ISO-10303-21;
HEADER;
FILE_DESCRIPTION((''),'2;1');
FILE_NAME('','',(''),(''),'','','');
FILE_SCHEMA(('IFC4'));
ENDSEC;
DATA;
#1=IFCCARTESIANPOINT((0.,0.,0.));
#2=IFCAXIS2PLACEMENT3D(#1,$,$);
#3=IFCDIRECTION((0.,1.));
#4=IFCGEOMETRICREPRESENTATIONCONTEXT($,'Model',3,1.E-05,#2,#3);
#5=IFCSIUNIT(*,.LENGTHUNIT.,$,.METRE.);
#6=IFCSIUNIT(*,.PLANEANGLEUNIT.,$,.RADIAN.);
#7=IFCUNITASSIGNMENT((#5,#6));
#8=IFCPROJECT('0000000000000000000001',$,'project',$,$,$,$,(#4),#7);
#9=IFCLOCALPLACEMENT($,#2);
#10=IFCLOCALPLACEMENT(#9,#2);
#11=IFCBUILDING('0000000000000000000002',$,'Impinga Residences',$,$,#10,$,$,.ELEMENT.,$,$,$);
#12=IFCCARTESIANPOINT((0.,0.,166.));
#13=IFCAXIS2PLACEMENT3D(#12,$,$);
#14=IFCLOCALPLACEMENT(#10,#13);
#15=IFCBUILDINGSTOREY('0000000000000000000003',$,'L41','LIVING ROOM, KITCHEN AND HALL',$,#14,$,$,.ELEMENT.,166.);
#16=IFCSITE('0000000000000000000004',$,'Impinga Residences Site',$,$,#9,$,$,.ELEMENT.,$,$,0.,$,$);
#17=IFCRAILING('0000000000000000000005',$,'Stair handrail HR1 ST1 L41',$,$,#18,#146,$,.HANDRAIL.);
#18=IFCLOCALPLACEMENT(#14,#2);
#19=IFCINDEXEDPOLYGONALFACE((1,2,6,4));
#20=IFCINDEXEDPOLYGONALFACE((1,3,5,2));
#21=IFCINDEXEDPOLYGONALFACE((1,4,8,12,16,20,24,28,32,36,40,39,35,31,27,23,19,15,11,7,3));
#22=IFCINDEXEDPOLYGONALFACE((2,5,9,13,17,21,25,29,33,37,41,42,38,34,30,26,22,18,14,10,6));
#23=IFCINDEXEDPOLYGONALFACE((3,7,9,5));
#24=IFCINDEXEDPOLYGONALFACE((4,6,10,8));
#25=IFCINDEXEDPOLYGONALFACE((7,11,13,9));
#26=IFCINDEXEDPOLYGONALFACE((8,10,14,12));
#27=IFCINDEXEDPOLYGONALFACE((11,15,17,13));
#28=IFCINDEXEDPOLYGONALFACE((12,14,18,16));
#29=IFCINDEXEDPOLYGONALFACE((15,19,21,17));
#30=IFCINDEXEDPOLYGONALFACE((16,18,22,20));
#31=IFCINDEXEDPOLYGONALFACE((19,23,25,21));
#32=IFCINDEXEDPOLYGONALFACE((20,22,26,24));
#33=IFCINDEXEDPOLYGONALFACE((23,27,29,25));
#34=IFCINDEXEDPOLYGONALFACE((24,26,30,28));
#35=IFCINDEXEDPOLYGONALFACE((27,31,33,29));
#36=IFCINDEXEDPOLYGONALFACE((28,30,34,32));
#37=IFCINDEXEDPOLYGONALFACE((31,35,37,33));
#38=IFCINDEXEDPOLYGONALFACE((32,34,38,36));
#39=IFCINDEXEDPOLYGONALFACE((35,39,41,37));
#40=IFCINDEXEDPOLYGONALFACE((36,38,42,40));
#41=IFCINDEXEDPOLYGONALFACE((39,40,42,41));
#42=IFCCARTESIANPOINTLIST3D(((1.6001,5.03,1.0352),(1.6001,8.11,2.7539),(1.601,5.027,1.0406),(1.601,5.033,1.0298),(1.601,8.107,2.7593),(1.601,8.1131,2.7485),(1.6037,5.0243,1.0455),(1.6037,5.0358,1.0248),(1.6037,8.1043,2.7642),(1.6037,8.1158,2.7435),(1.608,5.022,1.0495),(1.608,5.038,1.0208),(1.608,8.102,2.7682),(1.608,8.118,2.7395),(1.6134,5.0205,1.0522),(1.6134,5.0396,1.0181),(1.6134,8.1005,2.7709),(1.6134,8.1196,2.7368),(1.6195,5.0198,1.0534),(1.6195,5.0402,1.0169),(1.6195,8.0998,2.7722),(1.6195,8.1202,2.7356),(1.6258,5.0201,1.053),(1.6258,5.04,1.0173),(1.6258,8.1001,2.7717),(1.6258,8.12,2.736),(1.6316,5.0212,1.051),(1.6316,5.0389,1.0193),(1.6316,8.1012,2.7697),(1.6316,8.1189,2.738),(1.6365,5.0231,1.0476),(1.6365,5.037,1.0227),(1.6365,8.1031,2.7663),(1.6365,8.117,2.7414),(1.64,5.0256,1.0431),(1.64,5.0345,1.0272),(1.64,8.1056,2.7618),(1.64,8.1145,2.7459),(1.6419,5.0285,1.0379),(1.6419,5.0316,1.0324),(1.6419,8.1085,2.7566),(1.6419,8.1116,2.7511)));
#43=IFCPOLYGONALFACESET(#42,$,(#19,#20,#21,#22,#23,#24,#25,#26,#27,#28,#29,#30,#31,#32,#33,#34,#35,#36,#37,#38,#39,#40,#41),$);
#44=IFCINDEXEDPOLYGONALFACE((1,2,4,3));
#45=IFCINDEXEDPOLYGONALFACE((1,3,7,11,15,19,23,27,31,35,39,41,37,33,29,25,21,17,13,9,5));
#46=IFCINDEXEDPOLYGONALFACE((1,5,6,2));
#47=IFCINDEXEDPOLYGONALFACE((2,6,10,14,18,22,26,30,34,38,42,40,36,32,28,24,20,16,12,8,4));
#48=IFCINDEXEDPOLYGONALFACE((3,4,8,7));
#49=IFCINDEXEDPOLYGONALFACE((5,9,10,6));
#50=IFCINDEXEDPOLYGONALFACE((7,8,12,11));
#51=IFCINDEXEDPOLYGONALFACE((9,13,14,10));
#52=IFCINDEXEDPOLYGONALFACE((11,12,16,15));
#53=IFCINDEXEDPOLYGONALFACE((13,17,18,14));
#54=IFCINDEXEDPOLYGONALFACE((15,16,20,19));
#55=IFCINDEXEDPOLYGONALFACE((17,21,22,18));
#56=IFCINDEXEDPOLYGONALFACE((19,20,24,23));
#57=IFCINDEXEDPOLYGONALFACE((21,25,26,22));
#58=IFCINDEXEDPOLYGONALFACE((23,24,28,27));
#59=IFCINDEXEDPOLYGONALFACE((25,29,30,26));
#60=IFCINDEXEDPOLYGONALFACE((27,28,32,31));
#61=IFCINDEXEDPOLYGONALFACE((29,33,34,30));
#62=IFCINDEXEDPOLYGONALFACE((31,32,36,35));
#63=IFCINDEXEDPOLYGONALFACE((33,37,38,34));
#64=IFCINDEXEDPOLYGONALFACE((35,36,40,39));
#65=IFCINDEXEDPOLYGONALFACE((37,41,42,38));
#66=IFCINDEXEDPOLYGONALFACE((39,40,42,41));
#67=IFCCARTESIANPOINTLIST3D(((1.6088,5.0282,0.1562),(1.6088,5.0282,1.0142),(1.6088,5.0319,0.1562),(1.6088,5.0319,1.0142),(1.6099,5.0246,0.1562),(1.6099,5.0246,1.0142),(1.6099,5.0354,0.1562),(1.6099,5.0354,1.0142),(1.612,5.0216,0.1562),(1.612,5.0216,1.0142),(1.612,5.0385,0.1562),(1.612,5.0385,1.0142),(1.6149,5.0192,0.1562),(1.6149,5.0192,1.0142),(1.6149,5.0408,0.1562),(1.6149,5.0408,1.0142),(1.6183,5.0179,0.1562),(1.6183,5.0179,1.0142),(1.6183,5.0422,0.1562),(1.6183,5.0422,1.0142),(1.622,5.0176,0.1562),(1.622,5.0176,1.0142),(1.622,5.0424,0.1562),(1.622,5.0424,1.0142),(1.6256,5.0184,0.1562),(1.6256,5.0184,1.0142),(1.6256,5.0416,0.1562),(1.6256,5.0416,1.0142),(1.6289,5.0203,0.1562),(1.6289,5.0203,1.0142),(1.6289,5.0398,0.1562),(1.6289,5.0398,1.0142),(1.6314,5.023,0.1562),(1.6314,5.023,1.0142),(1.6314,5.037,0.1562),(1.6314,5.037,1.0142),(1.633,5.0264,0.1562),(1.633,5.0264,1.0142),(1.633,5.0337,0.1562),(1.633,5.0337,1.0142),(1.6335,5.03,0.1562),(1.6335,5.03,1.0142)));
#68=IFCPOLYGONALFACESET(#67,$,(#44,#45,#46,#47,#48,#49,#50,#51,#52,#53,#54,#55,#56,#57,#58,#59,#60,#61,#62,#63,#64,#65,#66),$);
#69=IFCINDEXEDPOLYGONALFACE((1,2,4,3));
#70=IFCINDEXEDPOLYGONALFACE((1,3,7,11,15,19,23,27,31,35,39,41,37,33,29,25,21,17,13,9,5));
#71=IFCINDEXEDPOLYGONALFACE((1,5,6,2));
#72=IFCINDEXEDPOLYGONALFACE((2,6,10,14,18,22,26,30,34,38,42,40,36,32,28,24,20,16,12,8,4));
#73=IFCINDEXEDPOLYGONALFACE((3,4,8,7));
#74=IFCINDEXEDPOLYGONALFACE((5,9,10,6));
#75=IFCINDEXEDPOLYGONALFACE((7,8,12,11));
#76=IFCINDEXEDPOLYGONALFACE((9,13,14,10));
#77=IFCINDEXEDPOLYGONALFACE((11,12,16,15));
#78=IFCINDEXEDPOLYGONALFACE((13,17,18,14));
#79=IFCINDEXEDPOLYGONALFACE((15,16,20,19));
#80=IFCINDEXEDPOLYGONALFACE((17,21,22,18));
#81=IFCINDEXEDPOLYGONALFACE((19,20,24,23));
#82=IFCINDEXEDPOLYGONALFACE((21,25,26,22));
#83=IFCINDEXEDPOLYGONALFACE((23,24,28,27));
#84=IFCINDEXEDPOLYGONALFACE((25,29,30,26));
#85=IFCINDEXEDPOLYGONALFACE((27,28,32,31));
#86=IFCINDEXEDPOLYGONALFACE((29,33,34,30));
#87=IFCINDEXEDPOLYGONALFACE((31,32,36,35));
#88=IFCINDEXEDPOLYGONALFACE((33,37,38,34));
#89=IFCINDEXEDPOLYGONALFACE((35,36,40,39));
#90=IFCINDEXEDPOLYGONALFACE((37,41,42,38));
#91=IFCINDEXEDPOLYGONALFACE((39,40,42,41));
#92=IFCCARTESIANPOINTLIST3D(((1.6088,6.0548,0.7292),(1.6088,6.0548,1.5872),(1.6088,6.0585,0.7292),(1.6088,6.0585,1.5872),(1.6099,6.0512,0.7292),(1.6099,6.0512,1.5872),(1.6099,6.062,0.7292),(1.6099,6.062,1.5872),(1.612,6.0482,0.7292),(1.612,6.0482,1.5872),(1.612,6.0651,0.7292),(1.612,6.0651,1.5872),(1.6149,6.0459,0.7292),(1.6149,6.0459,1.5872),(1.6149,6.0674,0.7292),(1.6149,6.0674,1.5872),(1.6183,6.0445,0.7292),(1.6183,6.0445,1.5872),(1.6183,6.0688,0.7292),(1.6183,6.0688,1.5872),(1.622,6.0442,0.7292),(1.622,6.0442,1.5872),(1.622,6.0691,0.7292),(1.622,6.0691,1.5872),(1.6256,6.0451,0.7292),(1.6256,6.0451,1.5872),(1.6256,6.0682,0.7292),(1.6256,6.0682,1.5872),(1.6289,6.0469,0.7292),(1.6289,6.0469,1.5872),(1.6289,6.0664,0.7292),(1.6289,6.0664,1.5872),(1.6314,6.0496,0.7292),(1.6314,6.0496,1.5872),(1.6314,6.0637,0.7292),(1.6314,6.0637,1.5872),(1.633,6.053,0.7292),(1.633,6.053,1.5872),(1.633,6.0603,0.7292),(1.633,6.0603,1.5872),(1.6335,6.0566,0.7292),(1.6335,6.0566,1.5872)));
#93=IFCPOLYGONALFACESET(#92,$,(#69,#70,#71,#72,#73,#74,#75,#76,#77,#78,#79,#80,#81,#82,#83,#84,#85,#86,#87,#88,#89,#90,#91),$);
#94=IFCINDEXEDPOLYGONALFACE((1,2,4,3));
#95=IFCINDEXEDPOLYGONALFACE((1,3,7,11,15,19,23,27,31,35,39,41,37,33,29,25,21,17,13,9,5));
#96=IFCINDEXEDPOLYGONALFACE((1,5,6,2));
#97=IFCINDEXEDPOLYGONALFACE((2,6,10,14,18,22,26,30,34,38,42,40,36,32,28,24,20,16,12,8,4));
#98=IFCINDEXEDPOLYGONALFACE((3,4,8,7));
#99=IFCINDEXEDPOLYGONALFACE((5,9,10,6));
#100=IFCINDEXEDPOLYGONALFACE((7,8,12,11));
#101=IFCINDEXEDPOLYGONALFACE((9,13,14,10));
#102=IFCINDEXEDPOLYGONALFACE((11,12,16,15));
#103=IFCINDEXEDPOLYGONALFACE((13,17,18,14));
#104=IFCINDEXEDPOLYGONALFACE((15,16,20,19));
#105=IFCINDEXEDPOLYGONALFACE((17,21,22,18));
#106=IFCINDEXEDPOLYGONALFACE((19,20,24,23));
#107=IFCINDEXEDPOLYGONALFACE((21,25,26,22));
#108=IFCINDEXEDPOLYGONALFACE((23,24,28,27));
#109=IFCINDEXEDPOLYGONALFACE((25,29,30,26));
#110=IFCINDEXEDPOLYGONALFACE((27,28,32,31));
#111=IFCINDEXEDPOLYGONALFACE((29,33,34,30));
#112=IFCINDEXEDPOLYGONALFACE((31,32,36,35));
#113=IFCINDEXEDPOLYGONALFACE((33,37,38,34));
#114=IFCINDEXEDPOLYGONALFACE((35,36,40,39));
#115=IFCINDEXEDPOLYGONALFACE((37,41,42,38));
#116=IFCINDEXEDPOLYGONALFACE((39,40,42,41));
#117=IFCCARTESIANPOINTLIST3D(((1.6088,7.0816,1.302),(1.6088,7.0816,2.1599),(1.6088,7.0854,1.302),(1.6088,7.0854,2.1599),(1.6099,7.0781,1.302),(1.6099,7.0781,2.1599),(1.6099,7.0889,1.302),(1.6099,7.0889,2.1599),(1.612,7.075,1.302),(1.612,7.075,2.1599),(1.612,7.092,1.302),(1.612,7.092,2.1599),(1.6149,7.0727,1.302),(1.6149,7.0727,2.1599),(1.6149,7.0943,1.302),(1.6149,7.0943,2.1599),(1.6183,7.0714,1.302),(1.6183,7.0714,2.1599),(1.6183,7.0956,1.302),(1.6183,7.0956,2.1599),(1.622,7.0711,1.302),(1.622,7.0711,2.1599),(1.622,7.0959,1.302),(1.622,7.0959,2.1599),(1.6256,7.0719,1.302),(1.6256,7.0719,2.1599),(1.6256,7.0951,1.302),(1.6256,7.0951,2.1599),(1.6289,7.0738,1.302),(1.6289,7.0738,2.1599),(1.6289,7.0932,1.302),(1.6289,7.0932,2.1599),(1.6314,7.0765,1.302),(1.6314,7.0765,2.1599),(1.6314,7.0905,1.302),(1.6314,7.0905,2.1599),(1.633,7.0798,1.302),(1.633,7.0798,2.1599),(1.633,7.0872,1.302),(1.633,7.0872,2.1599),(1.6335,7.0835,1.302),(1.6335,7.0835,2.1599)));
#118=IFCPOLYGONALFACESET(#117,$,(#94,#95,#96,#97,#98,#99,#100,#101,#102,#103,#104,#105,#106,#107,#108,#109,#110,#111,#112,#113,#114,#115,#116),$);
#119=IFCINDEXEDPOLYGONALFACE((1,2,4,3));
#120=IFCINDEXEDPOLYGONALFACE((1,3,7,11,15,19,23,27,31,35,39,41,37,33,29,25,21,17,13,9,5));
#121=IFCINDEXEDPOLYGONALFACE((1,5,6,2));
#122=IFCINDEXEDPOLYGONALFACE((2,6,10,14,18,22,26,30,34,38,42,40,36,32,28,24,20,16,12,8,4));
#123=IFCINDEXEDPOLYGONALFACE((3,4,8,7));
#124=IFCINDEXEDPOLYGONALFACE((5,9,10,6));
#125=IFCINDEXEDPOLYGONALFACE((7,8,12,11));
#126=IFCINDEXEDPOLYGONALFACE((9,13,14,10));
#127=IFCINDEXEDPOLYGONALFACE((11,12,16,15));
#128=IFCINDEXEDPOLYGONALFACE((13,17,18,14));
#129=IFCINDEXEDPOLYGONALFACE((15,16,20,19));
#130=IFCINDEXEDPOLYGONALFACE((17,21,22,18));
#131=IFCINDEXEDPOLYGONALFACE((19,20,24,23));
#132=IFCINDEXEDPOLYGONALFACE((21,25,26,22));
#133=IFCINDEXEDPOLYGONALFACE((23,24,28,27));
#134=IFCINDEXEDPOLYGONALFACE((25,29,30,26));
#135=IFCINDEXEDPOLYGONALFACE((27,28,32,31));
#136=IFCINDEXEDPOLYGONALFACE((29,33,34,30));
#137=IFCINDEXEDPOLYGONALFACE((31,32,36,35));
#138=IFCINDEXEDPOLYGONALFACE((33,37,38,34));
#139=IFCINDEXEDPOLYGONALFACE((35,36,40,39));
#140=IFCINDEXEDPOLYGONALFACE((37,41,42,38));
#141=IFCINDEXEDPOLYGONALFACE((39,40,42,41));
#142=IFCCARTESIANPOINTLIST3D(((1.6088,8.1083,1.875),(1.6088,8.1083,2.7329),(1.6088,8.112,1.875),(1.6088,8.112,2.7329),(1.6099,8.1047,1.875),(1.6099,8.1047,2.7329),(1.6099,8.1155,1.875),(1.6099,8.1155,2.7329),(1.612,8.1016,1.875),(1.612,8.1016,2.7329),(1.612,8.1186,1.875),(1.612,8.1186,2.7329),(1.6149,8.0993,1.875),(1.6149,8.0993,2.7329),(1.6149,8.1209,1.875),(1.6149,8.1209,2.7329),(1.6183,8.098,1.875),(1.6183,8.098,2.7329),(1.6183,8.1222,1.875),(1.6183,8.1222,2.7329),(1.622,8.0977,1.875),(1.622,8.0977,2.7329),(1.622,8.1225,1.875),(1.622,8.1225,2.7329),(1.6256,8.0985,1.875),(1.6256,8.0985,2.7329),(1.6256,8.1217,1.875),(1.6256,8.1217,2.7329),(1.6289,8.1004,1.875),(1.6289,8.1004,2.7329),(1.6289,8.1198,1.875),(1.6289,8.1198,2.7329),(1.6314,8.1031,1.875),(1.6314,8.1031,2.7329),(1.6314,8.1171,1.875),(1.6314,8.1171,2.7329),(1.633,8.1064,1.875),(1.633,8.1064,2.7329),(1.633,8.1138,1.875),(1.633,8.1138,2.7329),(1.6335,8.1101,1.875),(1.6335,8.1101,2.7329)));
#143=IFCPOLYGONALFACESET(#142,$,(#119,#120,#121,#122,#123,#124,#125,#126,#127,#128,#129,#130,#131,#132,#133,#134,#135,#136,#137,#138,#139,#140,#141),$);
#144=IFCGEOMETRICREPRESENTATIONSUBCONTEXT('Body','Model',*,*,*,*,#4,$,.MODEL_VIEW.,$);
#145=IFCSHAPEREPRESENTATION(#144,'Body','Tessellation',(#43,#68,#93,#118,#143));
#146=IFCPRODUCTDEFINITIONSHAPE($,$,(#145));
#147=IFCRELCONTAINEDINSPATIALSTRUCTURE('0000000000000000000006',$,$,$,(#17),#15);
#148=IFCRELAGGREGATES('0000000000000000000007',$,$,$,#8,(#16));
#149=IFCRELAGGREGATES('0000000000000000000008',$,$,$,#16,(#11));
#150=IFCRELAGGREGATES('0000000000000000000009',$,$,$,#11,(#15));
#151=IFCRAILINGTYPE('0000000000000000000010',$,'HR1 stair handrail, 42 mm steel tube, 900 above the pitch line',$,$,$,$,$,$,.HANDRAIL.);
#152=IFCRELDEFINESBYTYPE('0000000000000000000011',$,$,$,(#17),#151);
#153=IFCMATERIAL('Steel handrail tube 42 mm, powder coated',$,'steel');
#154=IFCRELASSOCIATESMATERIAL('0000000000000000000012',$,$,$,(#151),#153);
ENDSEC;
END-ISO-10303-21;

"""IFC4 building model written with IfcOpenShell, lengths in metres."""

from ifc_helpers import new_model, si_unit, direction, frame, origin, origin_2d, place, context, subcontext, project, spatial, circle, extrude, material, type_object, element, save


model = new_model("IFC4")

# Units and contexts
model_context = context("Model", 3, precision=1e-05, world=origin(), true_north=direction((0.0, 1.0)))
body_context = subcontext(model_context, "Body", "Model", "MODEL_VIEW")
ifc_project = project(units=[si_unit("LENGTHUNIT", "METRE"), si_unit("PLANEANGLEUNIT", "RADIAN")], contexts=[model_context])

# Site, building, storey
site_placement = place(None, origin())
site = spatial("IfcSite", under=ifc_project, at=site_placement, Name="Impinga Residences Site", CompositionType="ELEMENT", RefElevation=0.0)
building_placement = place(site_placement, origin())
building = spatial("IfcBuilding", under=site, at=building_placement, Name="Impinga Residences", CompositionType="ELEMENT")
storey_placement = place(building_placement, frame((0.0, 0.0, 166.0)))
storey = spatial("IfcBuildingStorey", under=building, at=storey_placement, Name="L41", Description="LIVING ROOM, KITCHEN AND HALL", CompositionType="ELEMENT", Elevation=166.0)

# Railing
ifc_material_1 = material(Name="Steel handrail tube 42 mm, powder coated", Category="steel")
railing_type_1 = type_object("IfcRailingType", Name="HR1 stair handrail, 42 mm steel tube, 900 above the pitch line", PredefinedType="HANDRAIL", material=ifc_material_1)
railing_1_placement = place(storey_placement, frame((1.6211, 5.03, 0.1562)))
element("IfcRailing", 1, at=railing_1_placement, inside=storey, type_object=railing_type_1, Name="Stair handrail HR1 ST1 L41", PredefinedType="HANDRAIL", context=body_context, shape_type="SweptSolid", body=[
    extrude(circle(Radius=0.021, at=origin_2d()), frame((0.0, 0.0, 0.8789), z_axis=(0.0, 0.873242, 0.487288), x_axis=(-1.0, 0.0, 0.0)), (0.0, 0.0, 1.0), 3.5271),
    extrude(circle(Radius=0.0125, at=origin_2d()), origin(), (0.0, 0.0, 1.0), 0.8579),
    extrude(circle(Radius=0.0125, at=origin_2d()), frame((0.0, 1.0266, 0.573)), (0.0, 0.0, 1.0), 0.8579),
    extrude(circle(Radius=0.0125, at=origin_2d()), frame((0.0, 2.0535, 1.1458)), (0.0, 0.0, 1.0), 0.8579),
    extrude(circle(Radius=0.0125, at=origin_2d()), frame((0.0, 3.0801, 1.7188)), (0.0, 0.0, 1.0), 0.8579),
])

save(model, "model.ifc")
